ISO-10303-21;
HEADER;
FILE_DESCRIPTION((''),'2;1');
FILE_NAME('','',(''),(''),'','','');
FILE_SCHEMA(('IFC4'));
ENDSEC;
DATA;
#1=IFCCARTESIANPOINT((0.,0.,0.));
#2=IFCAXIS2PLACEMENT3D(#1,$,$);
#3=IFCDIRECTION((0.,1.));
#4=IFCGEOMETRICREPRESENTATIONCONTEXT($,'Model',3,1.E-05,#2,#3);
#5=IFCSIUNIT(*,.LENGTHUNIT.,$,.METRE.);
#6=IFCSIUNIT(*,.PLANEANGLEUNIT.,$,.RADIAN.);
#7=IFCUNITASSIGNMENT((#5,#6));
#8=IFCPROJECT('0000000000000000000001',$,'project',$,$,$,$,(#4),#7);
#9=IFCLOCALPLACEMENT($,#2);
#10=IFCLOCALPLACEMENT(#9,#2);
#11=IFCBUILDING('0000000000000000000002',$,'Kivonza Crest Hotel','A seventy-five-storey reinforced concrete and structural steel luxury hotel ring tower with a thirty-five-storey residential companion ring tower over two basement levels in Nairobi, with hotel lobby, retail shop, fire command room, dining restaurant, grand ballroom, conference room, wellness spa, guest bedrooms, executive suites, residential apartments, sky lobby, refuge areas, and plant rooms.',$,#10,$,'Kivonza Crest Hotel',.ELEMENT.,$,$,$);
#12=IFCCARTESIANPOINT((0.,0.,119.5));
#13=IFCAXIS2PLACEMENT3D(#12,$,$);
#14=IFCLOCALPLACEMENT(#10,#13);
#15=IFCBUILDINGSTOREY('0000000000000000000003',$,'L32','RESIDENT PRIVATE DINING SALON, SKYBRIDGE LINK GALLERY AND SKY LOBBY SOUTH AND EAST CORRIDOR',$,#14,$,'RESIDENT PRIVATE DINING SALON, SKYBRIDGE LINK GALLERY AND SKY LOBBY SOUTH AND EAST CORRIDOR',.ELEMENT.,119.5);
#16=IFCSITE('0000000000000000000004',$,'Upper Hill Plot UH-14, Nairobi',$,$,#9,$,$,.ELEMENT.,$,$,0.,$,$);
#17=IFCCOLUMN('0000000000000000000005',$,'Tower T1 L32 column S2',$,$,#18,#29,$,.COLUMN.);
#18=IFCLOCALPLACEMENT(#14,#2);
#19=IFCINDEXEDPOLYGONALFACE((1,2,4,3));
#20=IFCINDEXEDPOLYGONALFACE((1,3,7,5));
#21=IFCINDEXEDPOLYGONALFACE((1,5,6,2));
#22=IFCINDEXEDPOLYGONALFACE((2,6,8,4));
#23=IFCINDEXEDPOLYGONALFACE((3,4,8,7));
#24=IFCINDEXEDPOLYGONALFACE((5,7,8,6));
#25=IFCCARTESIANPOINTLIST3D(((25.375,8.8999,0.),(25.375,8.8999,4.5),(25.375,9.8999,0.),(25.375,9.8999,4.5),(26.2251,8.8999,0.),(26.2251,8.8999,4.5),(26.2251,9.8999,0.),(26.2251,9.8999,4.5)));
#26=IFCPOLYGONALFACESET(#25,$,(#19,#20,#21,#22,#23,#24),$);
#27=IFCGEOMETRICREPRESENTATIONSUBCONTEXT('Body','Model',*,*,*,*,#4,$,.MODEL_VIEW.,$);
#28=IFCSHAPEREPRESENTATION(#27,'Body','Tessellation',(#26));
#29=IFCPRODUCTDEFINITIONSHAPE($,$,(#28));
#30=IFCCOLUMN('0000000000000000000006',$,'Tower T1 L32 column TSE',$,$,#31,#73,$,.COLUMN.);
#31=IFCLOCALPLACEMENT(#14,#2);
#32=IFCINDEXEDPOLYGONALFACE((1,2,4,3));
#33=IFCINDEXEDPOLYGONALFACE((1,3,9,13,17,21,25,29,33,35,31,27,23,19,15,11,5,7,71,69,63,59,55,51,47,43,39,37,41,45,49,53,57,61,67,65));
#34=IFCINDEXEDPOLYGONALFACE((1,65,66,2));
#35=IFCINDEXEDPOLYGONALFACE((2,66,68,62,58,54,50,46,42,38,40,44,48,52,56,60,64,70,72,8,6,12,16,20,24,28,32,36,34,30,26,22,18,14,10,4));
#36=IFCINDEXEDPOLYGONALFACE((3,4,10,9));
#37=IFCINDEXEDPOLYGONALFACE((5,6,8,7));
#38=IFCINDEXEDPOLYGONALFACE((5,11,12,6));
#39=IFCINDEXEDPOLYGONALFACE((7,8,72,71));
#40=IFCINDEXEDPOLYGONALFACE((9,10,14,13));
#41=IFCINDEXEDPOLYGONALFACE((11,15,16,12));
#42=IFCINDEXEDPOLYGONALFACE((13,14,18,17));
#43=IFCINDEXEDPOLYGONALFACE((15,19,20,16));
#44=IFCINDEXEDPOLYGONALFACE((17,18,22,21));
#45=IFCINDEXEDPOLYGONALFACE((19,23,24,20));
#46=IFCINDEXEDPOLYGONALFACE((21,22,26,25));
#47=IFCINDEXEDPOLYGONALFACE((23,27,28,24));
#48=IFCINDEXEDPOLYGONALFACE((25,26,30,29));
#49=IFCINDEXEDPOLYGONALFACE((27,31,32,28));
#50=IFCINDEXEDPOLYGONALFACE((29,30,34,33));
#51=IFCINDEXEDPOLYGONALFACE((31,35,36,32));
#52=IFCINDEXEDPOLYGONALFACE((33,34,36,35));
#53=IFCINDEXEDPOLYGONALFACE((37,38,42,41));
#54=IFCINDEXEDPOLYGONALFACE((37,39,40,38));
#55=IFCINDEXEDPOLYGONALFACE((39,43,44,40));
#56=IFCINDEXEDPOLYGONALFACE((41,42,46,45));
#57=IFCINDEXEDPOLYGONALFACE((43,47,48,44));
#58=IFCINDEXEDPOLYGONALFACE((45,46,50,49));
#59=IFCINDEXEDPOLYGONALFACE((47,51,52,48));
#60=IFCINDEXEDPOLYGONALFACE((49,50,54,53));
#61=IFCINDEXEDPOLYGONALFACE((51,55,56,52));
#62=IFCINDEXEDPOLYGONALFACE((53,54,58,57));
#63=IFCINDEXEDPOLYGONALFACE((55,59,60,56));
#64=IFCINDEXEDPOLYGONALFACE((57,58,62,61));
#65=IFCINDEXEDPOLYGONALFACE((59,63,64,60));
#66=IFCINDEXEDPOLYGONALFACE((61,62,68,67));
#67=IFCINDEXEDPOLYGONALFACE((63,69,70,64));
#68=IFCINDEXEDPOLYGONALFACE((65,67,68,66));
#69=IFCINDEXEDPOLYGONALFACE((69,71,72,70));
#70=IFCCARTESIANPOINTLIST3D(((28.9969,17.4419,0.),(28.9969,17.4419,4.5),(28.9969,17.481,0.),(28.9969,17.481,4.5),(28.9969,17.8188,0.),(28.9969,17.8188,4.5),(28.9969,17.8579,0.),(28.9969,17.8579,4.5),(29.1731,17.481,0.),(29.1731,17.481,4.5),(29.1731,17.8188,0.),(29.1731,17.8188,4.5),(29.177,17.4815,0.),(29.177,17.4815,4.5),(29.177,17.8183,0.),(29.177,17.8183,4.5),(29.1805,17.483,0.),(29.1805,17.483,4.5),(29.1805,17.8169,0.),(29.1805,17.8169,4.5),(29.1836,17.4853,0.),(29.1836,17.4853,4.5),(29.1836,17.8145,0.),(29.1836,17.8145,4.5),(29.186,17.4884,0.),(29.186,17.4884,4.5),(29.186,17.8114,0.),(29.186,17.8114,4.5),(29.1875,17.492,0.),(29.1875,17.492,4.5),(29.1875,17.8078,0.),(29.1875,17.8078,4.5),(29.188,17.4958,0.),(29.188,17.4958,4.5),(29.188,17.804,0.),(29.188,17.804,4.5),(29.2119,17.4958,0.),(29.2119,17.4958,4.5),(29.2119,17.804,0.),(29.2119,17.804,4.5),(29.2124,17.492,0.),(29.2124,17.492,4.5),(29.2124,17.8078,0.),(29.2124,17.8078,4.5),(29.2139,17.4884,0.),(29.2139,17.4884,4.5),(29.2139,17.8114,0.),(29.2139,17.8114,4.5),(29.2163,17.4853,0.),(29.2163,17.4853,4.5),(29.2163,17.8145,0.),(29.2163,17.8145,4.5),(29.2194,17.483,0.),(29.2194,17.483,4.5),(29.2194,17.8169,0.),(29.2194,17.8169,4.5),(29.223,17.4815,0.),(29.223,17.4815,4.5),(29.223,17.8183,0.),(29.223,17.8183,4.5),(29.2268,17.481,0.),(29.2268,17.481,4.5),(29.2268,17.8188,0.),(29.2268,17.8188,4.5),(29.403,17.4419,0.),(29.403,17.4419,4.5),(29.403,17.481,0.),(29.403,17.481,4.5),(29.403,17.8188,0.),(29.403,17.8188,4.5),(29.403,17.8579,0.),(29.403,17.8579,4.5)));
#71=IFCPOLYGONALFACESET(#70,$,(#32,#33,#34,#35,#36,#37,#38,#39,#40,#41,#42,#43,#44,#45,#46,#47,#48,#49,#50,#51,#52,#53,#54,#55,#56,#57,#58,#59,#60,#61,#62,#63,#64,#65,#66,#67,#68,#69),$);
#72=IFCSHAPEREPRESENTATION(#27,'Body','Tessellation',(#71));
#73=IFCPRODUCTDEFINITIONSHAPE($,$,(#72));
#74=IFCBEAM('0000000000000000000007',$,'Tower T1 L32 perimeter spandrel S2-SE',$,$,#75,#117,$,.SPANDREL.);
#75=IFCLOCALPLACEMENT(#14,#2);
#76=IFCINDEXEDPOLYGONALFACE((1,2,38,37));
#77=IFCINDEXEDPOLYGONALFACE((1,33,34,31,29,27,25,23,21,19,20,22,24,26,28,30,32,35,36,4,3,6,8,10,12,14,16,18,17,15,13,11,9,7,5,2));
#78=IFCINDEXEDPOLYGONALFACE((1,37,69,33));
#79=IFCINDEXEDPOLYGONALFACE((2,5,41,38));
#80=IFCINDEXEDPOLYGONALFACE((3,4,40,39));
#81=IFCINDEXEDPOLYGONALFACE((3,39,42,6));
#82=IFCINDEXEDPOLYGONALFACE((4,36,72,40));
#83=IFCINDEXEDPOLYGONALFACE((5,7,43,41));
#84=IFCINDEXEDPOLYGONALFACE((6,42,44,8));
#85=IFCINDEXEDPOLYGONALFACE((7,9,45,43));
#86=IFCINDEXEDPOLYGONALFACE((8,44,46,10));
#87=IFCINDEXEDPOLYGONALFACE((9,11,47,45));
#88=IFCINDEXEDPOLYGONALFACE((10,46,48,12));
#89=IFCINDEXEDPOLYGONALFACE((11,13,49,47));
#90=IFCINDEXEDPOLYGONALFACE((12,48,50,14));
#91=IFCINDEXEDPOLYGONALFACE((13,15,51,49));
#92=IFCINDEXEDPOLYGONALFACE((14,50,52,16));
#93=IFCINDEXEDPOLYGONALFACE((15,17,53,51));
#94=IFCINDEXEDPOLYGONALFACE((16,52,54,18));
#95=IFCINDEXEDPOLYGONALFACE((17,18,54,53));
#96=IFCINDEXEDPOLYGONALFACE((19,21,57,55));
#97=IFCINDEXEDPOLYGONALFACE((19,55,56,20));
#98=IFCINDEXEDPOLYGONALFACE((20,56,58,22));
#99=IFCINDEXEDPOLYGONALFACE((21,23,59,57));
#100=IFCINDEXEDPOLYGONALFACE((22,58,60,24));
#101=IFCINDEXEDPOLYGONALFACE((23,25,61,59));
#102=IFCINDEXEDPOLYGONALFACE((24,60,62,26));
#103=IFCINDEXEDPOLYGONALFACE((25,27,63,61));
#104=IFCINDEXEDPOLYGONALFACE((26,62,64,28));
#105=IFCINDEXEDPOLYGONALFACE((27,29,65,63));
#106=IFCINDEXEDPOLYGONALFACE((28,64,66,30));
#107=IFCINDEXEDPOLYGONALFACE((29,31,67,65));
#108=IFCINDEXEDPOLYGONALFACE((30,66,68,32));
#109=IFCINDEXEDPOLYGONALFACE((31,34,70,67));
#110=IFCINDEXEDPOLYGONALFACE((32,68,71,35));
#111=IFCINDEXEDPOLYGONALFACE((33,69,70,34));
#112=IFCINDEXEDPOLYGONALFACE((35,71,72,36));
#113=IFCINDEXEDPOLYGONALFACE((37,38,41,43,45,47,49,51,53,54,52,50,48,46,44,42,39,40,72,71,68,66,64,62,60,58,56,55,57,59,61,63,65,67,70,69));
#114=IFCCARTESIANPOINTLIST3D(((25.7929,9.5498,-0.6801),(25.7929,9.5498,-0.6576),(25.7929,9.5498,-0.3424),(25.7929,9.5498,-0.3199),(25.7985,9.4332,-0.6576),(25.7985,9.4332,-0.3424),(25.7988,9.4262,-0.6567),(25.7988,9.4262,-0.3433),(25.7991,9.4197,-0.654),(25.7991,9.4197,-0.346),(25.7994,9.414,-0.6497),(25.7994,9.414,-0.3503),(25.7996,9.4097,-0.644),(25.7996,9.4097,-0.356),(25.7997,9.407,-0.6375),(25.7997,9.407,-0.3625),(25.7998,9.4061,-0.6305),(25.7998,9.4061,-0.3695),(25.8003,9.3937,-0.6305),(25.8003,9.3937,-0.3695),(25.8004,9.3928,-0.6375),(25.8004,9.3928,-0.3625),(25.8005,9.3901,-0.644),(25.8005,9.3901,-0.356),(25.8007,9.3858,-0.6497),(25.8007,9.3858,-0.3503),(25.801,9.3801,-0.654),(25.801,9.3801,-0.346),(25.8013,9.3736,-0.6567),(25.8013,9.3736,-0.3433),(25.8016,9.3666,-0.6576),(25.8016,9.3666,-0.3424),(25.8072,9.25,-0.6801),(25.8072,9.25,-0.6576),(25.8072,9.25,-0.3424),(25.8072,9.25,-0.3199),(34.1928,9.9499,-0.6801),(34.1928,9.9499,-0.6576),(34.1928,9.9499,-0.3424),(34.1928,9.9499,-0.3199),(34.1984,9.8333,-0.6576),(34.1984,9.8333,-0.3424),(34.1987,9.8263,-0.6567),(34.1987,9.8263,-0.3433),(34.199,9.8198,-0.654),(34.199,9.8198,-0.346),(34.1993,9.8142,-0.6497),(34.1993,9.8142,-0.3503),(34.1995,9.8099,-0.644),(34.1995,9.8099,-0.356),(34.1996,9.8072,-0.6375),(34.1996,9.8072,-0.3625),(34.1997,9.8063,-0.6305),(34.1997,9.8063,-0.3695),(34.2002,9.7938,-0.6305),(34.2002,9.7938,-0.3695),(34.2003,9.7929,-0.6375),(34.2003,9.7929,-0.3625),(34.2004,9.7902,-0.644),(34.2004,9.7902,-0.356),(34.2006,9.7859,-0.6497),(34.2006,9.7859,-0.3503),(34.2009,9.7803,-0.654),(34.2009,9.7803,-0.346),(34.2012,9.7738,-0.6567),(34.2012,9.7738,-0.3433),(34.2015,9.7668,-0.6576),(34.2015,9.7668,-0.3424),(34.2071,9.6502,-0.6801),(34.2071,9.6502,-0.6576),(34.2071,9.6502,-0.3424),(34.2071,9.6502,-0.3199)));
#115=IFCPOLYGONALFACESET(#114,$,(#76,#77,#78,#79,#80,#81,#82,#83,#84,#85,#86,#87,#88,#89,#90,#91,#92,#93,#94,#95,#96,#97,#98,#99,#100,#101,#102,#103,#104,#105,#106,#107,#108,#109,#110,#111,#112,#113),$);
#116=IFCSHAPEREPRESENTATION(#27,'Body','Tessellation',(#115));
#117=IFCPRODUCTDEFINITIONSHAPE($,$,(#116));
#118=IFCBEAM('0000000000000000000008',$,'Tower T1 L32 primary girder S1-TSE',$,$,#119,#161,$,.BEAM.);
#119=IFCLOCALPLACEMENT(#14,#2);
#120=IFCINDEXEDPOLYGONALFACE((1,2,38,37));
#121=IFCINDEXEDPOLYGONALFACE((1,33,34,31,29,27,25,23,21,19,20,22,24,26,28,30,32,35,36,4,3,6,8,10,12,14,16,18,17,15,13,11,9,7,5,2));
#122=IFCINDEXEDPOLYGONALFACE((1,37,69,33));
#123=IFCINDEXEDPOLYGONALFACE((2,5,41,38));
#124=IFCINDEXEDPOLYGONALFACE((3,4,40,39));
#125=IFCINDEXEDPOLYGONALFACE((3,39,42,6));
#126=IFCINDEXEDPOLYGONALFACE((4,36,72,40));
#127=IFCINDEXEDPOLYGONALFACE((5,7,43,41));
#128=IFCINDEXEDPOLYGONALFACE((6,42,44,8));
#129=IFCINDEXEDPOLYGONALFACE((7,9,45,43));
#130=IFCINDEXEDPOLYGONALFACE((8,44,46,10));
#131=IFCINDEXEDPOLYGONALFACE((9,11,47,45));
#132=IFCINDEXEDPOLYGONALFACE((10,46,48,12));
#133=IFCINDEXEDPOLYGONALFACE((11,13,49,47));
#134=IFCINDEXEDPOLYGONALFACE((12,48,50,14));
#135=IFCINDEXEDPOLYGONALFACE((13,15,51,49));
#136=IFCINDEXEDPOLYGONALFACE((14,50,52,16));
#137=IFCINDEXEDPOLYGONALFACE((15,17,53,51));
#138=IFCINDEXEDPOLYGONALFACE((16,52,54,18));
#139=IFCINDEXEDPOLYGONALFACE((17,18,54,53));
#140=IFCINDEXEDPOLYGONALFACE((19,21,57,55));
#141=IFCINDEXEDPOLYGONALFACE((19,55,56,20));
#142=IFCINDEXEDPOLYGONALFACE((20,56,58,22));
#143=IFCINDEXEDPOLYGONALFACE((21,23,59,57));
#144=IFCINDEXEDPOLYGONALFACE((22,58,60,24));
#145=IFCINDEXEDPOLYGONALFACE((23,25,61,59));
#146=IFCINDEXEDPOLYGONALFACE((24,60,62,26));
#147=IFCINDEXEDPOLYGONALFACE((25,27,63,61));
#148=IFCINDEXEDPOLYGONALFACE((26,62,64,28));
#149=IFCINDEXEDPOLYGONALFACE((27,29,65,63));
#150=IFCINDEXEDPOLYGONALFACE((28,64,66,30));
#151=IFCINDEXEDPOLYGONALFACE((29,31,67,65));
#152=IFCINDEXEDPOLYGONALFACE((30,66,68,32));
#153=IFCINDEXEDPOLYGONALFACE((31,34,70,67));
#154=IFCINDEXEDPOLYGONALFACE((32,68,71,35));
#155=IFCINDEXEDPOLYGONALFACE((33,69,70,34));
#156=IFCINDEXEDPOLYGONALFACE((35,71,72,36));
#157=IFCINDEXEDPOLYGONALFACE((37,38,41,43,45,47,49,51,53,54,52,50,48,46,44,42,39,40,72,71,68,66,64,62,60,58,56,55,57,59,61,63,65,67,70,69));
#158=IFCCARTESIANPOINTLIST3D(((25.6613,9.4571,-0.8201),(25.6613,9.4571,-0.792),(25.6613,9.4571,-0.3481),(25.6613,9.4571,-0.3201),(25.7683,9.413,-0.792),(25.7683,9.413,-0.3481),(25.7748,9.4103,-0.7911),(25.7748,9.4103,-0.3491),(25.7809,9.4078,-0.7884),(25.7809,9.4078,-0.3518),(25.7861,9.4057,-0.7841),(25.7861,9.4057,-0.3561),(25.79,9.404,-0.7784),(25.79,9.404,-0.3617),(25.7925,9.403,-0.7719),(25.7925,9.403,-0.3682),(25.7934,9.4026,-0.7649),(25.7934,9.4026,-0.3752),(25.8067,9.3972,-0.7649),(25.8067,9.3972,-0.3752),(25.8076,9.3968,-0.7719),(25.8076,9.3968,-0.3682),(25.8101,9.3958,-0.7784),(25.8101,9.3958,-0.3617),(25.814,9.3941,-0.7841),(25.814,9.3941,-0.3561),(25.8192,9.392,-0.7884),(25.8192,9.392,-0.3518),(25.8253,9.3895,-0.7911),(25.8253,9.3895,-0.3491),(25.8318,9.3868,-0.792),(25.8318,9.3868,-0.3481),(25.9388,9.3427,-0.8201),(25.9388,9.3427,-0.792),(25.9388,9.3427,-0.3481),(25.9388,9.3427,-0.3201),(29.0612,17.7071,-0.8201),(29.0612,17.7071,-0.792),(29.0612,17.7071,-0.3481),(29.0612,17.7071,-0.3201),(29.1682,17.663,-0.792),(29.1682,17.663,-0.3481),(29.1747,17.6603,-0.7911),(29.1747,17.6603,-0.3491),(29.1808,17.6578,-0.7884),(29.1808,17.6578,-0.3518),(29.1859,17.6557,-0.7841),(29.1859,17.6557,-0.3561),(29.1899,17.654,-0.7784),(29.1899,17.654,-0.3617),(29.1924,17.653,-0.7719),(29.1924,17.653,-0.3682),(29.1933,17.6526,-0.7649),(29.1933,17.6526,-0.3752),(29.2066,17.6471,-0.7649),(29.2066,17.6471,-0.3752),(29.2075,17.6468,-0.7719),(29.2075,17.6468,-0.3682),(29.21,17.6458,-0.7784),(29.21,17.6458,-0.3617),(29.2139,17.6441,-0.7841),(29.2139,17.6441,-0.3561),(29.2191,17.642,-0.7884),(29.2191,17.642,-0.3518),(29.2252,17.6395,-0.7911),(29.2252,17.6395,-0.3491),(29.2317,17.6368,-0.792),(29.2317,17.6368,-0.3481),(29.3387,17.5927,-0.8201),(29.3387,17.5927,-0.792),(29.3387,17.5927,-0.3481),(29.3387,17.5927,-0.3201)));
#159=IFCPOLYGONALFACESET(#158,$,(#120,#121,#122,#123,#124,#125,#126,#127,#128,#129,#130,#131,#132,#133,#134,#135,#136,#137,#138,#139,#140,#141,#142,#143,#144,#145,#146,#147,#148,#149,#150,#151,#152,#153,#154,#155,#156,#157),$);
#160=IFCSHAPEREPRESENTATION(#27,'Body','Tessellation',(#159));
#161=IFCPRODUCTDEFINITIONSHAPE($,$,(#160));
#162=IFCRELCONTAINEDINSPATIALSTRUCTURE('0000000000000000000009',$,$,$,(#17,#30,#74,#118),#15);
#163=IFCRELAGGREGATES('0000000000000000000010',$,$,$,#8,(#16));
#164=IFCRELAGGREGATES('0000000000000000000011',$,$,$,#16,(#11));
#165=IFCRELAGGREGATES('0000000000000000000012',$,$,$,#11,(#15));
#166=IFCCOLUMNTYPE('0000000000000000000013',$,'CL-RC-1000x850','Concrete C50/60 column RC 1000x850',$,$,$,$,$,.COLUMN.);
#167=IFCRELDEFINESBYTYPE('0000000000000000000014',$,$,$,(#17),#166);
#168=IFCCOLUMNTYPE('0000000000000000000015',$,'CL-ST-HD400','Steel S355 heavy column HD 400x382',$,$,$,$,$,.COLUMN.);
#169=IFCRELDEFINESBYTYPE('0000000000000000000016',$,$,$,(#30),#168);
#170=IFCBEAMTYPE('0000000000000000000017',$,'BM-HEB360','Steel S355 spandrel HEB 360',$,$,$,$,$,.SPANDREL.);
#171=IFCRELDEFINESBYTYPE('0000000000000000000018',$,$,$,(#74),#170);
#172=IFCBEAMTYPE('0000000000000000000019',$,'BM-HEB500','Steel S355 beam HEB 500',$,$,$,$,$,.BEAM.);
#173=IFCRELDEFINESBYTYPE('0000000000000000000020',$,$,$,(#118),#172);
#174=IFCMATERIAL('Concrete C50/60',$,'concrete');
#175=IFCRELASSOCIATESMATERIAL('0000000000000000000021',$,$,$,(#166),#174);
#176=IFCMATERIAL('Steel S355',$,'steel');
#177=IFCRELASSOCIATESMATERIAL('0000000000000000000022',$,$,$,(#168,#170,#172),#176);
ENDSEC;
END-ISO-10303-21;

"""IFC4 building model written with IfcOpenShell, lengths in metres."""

from ifc_helpers import new_model, si_unit, direction, frame, origin, origin_2d, place, context, subcontext, project, spatial, rectangle, i_section, extrude, material, material_profile, profile_set, type_object, element, save


model = new_model("IFC4")

# Units and contexts
model_context = context("Model", 3, precision=1e-05, world=origin(), true_north=direction((0.0, 1.0)))
body_context = subcontext(model_context, "Body", "Model", "MODEL_VIEW")
ifc_project = project(units=[si_unit("LENGTHUNIT", "METRE"), si_unit("PLANEANGLEUNIT", "RADIAN")], contexts=[model_context])

# Site, building, storey
site_placement = place(None, origin())
site = spatial("IfcSite", under=ifc_project, at=site_placement, Name="Upper Hill Plot UH-14, Nairobi", CompositionType="ELEMENT", RefElevation=0.0)
building_placement = place(site_placement, origin())
building = spatial("IfcBuilding", under=site, at=building_placement, Name="Kivonza Crest Hotel", Description="A seventy-five-storey reinforced concrete and structural steel luxury hotel ring tower with a thirty-five-storey residential companion ring tower over two basement levels in Nairobi, with hotel lobby, retail shop, fire command room, dining restaurant, grand ballroom, conference room, wellness spa, guest bedrooms, executive suites, residential apartments, sky lobby, refuge areas, and plant rooms.", LongName="Kivonza Crest Hotel", CompositionType="ELEMENT")
storey_placement = place(building_placement, frame((0.0, 0.0, 119.5)))
storey = spatial("IfcBuildingStorey", under=building, at=storey_placement, Name="L32", Description="RESIDENT PRIVATE DINING SALON, SKYBRIDGE LINK GALLERY AND SKY LOBBY SOUTH AND EAST CORRIDOR", LongName="RESIDENT PRIVATE DINING SALON, SKYBRIDGE LINK GALLERY AND SKY LOBBY SOUTH AND EAST CORRIDOR", CompositionType="ELEMENT", Elevation=119.5)

# Columns
ifc_material_1 = material(Name="Concrete C50/60", Category="concrete")
ifc_material_profile_1 = material_profile(ifc_material_1, rectangle(XDim=0.8501, YDim=1.0, at=origin_2d()), Name="RC 1000x850")
ifc_profile_set_1 = profile_set([ifc_material_profile_1], Name="Concrete C50/60")
column_type_1 = type_object("IfcColumnType", Name="CL-RC-1000x850", Description="Concrete C50/60 column RC 1000x850", PredefinedType="COLUMN", material=ifc_profile_set_1)
column_1_placement = place(storey_placement, frame((25.8, 9.3999, 0.0), z_axis=(0.0, 0.0, 1.0), x_axis=(1.0, 0.0, 0.0)))
element("IfcColumn", 1, at=column_1_placement, inside=storey, type_object=column_type_1, Name="Tower T1 L32 column S2", PredefinedType="COLUMN", context=body_context, shape_type="SweptSolid", body=[
    extrude(rectangle(XDim=0.8501, YDim=1.0, at=origin_2d()), origin(), (0.0, 0.0, 1.0), 4.5),
])
ifc_material_2 = material(Name="Steel S355", Category="steel")
ifc_material_profile_2 = material_profile(ifc_material_2, i_section(OverallWidth=0.406, OverallDepth=0.416, WebThickness=0.0239, FlangeThickness=0.0391, FilletRadius=0.0149, at=origin_2d()), Name="HD 400x382")
ifc_profile_set_2 = profile_set([ifc_material_profile_2], Name="Steel S355")
column_type_2 = type_object("IfcColumnType", Name="CL-ST-HD400", Description="Steel S355 heavy column HD 400x382", PredefinedType="COLUMN", material=ifc_profile_set_2)
column_2_placement = place(storey_placement, frame((29.2, 17.6499, 0.0), z_axis=(0.0, 0.0, 1.0), x_axis=(1.0, 0.0, 0.0)))
element("IfcColumn", 2, at=column_2_placement, inside=storey, type_object=column_type_2, Name="Tower T1 L32 column TSE", PredefinedType="COLUMN", context=body_context, shape_type="SweptSolid", body=[
    extrude(i_section(OverallWidth=0.406, OverallDepth=0.416, WebThickness=0.0239, FlangeThickness=0.0391, FilletRadius=0.0149, at=origin_2d()), origin(), (0.0, 0.0, 1.0), 4.5),
])

# Beams
ifc_material_profile_3 = material_profile(ifc_material_2, i_section(OverallWidth=0.3, OverallDepth=0.3601, WebThickness=0.0125, FlangeThickness=0.0225, FilletRadius=0.0271, at=origin_2d()), Name="HEB 360")
ifc_profile_set_3 = profile_set([ifc_material_profile_3], Name="Steel S355")
beam_type_1 = type_object("IfcBeamType", Name="BM-HEB360", Description="Steel S355 spandrel HEB 360", PredefinedType="SPANDREL", material=ifc_profile_set_3)
beam_1_placement = place(storey_placement, frame((25.8, 9.3999, -0.5), z_axis=(0.998867, 0.047583, 0.0), x_axis=(-0.047583, 0.998867, 0.0)))
element("IfcBeam", 3, at=beam_1_placement, inside=storey, type_object=beam_type_1, Name="Tower T1 L32 perimeter spandrel S2-SE", PredefinedType="SPANDREL", context=body_context, shape_type="SweptSolid", body=[
    extrude(i_section(OverallWidth=0.3, OverallDepth=0.3601, WebThickness=0.0125, FlangeThickness=0.0225, FilletRadius=0.0271, at=origin_2d()), origin(), (0.0, 0.0, 1.0), 8.4094),
])
ifc_material_profile_4 = material_profile(ifc_material_2, i_section(OverallWidth=0.3, OverallDepth=0.5, WebThickness=0.0144, FlangeThickness=0.0281, FilletRadius=0.0271, at=origin_2d()), Name="HEB 500")
ifc_profile_set_4 = profile_set([ifc_material_profile_4], Name="Steel S355")
beam_type_2 = type_object("IfcBeamType", Name="BM-HEB500", Description="Steel S355 beam HEB 500", PredefinedType="BEAM", material=ifc_profile_set_4)
beam_2_placement = place(storey_placement, frame((25.8, 9.3999, -0.5701), z_axis=(0.381022, 0.924566, 0.0), x_axis=(-0.924566, 0.381022, 0.0)))
element("IfcBeam", 4, at=beam_2_placement, inside=storey, type_object=beam_type_2, Name="Tower T1 L32 primary girder S1-TSE", PredefinedType="BEAM", context=body_context, shape_type="SweptSolid", body=[
    extrude(i_section(OverallWidth=0.3, OverallDepth=0.5, WebThickness=0.0144, FlangeThickness=0.0281, FilletRadius=0.0271, at=origin_2d()), origin(), (0.0, 0.0, 1.0), 8.9231),
])

save(model, "model.ifc")
